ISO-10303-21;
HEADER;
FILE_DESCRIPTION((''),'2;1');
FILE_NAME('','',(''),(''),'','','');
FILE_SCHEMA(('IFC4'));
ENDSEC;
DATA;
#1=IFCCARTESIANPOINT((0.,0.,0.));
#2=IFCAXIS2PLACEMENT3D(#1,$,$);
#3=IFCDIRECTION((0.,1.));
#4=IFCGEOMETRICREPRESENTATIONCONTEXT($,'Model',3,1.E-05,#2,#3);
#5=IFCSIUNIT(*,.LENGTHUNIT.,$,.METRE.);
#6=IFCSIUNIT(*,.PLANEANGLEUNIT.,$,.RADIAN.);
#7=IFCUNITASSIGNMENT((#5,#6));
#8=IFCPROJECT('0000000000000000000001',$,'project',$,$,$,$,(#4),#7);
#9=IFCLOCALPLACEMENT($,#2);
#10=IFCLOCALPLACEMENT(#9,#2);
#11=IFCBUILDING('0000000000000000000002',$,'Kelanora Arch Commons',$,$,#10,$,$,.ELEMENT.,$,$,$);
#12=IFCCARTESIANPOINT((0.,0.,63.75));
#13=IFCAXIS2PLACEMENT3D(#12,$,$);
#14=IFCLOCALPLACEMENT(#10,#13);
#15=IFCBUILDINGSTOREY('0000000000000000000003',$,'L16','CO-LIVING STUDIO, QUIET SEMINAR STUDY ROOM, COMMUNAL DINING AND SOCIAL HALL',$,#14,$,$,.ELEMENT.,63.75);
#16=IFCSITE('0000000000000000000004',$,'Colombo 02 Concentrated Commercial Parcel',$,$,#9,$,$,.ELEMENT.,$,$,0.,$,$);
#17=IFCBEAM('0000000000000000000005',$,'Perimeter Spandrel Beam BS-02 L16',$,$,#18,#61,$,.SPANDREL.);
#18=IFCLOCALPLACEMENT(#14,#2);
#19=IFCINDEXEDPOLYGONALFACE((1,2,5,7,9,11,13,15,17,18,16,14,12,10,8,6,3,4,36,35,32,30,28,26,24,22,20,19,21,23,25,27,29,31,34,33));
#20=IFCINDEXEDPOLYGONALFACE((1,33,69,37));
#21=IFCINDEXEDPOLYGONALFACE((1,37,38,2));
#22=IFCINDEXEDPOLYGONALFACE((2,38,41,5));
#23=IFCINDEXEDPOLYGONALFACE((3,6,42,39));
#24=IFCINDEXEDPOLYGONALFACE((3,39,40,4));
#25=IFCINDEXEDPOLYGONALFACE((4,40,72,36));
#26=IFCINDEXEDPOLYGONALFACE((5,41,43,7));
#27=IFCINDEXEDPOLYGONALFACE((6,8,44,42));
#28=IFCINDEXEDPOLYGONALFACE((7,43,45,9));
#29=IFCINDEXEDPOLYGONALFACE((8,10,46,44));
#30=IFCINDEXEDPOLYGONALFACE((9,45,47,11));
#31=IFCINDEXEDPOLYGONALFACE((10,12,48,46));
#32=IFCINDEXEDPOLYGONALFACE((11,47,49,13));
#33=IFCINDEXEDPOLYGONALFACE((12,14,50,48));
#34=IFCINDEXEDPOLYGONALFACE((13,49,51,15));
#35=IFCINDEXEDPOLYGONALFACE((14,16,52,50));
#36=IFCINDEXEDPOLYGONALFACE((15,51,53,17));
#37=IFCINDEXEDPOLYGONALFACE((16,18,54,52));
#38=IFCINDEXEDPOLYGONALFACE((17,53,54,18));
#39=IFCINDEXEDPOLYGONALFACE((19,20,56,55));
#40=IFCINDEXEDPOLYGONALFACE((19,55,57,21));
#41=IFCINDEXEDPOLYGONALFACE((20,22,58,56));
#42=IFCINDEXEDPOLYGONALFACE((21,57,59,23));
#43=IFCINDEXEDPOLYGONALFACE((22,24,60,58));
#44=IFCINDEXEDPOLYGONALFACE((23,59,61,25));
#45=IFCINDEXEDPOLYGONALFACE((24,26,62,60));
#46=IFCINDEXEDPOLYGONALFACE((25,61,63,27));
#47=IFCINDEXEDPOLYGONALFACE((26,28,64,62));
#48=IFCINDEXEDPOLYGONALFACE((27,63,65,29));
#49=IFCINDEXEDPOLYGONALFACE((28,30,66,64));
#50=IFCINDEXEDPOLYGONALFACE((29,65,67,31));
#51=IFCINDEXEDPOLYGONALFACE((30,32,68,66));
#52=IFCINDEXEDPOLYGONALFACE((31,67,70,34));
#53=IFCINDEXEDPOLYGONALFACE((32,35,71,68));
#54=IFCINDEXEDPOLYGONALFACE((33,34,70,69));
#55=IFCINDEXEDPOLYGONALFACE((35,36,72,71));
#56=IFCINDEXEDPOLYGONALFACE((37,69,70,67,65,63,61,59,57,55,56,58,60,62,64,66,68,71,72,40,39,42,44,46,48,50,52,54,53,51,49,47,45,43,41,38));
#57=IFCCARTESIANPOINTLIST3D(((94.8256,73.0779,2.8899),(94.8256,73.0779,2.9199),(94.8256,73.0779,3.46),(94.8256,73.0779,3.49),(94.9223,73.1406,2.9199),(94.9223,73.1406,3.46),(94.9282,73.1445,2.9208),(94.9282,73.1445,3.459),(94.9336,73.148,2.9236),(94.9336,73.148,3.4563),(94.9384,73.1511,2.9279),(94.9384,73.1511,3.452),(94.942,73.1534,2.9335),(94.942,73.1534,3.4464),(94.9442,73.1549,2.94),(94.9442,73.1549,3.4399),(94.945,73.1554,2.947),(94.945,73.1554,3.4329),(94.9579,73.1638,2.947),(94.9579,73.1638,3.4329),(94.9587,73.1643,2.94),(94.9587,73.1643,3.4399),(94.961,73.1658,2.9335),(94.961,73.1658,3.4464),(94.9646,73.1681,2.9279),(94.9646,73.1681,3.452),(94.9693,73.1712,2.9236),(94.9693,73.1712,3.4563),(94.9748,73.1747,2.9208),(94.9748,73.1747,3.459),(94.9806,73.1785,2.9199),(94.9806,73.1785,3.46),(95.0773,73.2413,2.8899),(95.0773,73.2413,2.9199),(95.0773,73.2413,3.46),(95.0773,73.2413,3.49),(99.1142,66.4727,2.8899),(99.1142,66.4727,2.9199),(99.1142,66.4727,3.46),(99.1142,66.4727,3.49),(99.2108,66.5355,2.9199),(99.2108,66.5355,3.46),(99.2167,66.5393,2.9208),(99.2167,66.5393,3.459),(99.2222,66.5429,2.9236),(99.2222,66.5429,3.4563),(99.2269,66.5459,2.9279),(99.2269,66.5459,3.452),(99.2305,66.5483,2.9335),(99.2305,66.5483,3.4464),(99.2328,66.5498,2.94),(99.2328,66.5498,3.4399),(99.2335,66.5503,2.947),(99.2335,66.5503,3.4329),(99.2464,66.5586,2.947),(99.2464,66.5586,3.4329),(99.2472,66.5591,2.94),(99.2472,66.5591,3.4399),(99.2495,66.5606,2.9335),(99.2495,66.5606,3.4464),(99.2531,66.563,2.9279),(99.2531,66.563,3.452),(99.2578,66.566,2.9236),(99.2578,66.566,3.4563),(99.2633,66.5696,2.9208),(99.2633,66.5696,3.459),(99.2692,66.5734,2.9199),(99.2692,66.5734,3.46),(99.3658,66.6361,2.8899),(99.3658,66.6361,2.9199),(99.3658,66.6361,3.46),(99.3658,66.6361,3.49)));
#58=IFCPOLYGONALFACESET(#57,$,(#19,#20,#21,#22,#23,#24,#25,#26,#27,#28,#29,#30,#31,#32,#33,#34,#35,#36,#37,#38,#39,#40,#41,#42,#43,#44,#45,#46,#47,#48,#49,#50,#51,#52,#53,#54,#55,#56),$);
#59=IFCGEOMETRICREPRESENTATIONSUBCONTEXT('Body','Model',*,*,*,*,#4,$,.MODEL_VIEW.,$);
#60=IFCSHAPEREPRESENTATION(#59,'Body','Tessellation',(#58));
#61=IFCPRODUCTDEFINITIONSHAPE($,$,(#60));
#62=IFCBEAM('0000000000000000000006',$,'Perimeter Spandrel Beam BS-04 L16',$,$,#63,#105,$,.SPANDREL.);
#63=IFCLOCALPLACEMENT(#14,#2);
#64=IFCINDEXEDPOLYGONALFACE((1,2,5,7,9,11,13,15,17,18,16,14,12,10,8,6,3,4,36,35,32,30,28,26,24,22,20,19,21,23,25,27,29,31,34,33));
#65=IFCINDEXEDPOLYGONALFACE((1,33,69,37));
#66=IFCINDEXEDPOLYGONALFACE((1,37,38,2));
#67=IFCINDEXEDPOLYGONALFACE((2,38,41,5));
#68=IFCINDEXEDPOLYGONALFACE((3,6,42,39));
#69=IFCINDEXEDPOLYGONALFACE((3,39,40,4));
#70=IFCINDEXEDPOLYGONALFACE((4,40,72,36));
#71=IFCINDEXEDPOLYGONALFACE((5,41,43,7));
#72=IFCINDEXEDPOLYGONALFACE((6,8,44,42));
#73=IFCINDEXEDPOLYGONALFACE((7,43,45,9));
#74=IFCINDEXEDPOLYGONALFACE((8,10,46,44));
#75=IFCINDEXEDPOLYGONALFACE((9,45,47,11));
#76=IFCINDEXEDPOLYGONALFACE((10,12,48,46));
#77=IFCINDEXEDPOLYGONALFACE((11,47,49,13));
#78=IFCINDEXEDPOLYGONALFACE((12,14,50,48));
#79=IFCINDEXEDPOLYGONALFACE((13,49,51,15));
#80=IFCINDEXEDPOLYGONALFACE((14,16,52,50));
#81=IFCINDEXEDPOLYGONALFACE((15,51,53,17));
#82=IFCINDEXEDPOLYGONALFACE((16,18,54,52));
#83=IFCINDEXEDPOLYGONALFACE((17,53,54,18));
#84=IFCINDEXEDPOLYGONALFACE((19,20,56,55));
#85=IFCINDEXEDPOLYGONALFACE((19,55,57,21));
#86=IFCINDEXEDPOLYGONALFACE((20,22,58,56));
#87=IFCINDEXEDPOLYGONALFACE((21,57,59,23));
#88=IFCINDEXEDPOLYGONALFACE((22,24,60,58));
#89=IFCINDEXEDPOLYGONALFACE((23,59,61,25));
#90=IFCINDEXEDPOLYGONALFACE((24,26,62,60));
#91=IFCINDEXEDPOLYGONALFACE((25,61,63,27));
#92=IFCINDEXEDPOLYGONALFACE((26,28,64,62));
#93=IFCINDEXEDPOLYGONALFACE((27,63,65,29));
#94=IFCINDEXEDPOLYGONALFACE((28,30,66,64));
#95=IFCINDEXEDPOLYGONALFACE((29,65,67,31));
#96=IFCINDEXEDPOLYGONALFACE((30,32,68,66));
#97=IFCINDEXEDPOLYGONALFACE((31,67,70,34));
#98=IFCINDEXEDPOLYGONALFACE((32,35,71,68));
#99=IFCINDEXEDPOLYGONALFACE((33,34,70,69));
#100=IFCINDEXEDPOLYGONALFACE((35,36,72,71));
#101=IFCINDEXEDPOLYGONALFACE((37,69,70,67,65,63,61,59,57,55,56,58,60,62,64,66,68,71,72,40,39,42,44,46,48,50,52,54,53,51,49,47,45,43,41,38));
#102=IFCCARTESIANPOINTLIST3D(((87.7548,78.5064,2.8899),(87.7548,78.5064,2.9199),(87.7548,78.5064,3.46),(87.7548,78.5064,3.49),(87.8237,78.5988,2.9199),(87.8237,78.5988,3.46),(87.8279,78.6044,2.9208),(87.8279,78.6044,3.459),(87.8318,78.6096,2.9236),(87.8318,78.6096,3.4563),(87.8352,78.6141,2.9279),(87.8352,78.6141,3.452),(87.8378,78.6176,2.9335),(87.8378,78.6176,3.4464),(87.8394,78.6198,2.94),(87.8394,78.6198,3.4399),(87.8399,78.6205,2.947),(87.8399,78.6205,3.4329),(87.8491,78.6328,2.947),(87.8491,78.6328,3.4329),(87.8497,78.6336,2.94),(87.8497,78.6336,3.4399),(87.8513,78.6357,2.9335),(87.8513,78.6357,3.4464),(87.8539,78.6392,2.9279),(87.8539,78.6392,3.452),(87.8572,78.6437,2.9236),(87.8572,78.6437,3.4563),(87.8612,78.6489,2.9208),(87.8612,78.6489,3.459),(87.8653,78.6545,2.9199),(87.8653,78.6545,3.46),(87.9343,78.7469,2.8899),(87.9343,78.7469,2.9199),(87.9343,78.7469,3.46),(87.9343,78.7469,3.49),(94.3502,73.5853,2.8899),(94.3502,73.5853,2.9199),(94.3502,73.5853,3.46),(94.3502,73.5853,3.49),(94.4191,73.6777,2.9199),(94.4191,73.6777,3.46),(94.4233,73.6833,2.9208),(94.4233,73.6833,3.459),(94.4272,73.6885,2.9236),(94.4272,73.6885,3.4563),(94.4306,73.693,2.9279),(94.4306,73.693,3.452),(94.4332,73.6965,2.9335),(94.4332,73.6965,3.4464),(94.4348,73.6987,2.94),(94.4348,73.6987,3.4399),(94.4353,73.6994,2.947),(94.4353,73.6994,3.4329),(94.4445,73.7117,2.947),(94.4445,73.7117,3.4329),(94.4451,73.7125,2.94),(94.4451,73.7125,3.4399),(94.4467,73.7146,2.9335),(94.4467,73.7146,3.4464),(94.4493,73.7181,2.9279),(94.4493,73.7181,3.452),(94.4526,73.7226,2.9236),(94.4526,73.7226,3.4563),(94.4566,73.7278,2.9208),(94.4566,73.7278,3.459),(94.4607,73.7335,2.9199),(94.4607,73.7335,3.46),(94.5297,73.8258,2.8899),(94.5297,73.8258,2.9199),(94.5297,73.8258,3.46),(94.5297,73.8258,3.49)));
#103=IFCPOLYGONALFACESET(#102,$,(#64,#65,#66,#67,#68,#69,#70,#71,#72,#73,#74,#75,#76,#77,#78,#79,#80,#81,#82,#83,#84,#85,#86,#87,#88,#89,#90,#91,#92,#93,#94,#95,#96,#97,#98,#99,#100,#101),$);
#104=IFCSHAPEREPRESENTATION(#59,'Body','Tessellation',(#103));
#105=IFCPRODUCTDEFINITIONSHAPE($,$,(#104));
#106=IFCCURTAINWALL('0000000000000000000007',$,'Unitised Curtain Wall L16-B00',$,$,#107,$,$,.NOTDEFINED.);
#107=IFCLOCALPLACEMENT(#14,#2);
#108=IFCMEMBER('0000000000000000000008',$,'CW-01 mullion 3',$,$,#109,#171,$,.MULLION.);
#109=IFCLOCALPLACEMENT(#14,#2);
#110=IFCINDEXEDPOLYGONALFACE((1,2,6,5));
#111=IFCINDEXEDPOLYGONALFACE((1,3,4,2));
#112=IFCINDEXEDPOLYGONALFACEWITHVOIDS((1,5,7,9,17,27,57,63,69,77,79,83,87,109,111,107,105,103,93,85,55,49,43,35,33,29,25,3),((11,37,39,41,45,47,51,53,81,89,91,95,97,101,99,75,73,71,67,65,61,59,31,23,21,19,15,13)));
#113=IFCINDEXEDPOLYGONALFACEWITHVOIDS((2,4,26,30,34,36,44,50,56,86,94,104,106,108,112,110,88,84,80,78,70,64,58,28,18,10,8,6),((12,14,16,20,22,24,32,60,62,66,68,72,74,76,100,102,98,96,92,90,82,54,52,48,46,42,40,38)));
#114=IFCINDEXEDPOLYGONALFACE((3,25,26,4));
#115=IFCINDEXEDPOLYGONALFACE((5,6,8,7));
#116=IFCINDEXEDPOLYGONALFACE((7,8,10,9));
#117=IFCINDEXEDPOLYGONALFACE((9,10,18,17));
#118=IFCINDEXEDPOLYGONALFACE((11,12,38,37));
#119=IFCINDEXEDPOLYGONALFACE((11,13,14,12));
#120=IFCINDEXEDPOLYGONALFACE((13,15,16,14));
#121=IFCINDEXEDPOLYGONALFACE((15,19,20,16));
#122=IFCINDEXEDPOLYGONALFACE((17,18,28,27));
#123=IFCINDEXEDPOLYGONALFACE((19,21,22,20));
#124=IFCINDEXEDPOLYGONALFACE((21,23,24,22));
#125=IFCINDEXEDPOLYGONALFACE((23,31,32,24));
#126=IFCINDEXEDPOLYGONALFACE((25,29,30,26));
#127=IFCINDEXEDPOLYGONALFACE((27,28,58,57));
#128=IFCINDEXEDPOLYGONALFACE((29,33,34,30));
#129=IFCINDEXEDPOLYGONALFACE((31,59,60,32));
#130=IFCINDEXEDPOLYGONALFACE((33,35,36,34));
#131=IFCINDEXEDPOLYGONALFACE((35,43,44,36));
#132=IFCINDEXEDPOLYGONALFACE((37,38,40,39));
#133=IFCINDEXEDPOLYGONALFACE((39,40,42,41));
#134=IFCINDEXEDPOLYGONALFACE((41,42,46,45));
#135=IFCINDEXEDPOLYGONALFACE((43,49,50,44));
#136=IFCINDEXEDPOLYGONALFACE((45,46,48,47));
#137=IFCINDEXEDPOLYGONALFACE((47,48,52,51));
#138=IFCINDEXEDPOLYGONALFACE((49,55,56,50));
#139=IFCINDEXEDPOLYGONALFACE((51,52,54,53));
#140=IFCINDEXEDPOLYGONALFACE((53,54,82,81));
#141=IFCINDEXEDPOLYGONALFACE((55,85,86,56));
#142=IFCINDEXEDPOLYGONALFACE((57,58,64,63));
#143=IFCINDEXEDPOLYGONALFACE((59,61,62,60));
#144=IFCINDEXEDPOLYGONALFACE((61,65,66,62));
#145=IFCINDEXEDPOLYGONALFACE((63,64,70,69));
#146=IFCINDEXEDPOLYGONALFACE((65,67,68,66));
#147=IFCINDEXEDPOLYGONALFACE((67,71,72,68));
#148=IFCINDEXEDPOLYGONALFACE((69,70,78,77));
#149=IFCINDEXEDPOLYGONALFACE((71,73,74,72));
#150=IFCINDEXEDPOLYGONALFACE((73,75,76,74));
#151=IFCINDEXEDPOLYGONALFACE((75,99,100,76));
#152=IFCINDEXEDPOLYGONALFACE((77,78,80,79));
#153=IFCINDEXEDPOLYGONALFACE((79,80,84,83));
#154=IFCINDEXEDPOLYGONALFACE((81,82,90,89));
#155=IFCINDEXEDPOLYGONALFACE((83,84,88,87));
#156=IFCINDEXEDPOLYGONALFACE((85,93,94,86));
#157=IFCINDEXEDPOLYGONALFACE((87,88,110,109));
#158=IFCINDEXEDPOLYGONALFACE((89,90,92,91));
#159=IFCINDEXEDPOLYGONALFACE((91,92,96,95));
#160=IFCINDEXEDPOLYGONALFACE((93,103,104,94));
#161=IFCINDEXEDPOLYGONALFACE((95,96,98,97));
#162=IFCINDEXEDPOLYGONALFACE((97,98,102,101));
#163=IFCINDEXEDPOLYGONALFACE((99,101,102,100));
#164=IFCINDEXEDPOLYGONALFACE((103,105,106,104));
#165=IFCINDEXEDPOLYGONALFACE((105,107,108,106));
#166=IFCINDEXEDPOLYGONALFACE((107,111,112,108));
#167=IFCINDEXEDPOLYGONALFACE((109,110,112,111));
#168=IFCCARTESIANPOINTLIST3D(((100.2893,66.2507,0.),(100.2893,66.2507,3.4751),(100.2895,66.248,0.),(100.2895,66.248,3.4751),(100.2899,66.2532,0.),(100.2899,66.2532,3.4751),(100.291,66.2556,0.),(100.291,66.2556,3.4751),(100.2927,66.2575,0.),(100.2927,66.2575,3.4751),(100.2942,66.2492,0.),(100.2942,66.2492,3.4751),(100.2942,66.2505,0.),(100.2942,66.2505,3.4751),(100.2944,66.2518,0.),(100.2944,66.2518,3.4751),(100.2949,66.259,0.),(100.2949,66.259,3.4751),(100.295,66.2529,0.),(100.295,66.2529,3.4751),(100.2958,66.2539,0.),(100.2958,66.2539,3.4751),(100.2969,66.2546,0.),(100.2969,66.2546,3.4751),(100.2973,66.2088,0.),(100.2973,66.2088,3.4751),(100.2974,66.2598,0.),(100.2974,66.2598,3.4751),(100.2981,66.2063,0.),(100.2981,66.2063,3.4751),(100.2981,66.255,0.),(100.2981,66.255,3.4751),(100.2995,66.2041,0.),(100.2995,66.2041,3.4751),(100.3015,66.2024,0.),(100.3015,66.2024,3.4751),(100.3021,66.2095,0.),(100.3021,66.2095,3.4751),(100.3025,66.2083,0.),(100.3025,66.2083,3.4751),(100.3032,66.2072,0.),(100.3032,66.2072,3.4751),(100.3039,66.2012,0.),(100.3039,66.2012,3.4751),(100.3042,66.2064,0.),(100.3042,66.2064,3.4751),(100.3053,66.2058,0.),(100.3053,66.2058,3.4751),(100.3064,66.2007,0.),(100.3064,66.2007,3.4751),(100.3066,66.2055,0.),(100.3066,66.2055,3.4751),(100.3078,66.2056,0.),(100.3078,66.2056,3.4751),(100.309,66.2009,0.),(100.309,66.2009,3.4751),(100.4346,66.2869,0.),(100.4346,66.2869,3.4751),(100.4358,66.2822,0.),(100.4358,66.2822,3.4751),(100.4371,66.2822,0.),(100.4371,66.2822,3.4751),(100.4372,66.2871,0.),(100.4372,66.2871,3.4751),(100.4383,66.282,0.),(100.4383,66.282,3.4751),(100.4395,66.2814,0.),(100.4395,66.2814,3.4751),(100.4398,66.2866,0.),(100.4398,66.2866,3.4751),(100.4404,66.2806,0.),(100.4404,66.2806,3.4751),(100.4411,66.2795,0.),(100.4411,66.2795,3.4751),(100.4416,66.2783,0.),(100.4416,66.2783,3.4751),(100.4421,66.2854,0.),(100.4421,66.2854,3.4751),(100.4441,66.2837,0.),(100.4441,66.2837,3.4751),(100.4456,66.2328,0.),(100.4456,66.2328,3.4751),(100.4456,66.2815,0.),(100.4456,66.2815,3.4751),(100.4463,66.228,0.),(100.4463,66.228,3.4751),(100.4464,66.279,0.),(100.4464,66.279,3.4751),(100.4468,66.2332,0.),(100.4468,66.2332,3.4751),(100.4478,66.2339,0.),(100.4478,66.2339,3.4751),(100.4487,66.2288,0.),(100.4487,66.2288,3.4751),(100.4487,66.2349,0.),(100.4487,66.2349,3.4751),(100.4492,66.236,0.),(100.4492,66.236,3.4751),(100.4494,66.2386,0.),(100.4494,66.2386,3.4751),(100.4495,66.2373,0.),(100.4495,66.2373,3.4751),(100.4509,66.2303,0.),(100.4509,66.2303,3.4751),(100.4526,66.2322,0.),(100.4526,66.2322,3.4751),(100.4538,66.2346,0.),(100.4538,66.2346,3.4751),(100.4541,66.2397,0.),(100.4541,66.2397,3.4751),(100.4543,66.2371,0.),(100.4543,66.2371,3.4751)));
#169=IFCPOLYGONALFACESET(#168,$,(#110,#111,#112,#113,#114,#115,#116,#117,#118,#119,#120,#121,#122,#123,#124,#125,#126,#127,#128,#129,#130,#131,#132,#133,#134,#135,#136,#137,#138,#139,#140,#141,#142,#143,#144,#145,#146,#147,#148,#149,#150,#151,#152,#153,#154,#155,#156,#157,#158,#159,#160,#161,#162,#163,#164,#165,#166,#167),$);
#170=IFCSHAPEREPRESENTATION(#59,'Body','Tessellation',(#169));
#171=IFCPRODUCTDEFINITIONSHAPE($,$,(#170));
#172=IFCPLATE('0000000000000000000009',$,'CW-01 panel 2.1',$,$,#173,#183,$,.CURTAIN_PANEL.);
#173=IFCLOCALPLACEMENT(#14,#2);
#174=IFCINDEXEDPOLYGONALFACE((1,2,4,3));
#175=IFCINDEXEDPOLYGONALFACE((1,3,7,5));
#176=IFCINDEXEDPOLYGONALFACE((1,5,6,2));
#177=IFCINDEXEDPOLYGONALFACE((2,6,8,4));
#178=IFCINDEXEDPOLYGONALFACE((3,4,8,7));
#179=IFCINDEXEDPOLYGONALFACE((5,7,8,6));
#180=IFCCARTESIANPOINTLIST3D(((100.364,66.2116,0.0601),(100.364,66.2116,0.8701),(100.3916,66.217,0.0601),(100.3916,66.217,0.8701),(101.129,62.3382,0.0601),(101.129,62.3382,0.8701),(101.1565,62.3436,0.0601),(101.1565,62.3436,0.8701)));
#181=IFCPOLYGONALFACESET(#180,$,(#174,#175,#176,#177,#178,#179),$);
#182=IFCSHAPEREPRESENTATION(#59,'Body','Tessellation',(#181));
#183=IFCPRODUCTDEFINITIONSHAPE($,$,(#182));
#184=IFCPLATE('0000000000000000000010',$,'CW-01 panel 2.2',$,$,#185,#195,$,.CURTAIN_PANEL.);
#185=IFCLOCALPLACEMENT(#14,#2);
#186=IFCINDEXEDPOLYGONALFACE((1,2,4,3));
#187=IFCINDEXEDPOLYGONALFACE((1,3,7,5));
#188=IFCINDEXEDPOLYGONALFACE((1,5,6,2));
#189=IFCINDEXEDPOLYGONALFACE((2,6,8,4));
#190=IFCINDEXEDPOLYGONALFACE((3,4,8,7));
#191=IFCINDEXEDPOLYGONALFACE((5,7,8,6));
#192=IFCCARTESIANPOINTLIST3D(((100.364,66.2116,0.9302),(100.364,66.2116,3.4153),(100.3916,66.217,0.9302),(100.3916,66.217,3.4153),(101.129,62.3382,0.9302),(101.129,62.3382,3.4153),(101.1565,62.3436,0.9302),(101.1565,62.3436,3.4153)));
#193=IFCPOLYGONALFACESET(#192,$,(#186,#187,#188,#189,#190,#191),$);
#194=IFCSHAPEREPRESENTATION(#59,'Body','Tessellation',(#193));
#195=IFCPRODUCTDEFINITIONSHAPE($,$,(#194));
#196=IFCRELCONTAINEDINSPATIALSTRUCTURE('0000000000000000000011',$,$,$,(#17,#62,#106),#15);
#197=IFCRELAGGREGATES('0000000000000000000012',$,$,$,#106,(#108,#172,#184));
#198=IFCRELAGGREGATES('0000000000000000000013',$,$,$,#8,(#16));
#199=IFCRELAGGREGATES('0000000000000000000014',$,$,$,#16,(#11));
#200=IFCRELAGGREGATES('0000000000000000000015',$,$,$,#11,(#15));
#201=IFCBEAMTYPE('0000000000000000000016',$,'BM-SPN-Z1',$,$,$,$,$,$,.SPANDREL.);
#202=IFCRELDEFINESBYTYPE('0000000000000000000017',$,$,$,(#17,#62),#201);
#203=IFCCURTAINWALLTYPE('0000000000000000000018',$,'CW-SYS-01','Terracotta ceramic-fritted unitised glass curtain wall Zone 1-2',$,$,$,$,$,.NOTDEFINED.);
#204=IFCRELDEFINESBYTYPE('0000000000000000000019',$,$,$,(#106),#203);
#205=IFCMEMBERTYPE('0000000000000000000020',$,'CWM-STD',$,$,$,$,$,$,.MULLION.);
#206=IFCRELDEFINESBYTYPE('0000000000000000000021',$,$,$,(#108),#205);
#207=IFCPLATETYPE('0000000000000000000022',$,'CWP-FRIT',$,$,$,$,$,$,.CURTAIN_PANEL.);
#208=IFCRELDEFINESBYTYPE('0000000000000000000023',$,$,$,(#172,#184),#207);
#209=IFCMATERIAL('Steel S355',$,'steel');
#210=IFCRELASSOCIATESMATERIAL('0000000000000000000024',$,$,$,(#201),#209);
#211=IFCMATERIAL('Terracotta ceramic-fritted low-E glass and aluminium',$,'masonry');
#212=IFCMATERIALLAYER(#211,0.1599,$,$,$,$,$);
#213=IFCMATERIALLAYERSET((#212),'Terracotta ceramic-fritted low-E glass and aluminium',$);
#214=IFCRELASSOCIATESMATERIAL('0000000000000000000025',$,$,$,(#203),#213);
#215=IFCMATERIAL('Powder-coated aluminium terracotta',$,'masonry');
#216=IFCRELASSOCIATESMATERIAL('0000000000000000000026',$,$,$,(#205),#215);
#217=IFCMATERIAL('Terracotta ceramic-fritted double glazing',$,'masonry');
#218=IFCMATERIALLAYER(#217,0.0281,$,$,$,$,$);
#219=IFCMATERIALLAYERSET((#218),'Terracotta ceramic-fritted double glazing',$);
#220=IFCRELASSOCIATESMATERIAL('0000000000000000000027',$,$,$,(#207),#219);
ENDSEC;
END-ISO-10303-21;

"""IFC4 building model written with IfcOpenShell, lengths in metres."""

from ifc_helpers import new_model, si_unit, direction, frame, origin, origin_2d, place, context, subcontext, project, spatial, rectangle, hollow_rectangle, i_section, extrude, source, transform, mapped, material, layer, layer_set, material_profile, profile_set, type_object, element, aggregate, save


model = new_model("IFC4")

# Units and contexts
model_context = context("Model", 3, precision=1e-05, world=origin(), true_north=direction((0.0, 1.0)))
body_context = subcontext(model_context, "Body", "Model", "MODEL_VIEW")
ifc_project = project(units=[si_unit("LENGTHUNIT", "METRE"), si_unit("PLANEANGLEUNIT", "RADIAN")], contexts=[model_context])

# Site, building, storey
site_placement = place(None, origin())
site = spatial("IfcSite", under=ifc_project, at=site_placement, Name="Colombo 02 Concentrated Commercial Parcel", CompositionType="ELEMENT", RefElevation=0.0)
building_placement = place(site_placement, origin())
building = spatial("IfcBuilding", under=site, at=building_placement, Name="Kelanora Arch Commons", CompositionType="ELEMENT")
storey_placement = place(building_placement, frame((0.0, 0.0, 63.75)))
storey = spatial("IfcBuildingStorey", under=building, at=storey_placement, Name="L16", Description="CO-LIVING STUDIO, QUIET SEMINAR STUDY ROOM, COMMUNAL DINING AND SOCIAL HALL", CompositionType="ELEMENT", Elevation=63.75)

# Beams
ifc_material_1 = material(Name="Steel S355", Category="steel")
ifc_material_profile_1 = material_profile(ifc_material_1, i_section(OverallWidth=0.3, OverallDepth=0.6001, WebThickness=0.0154, FlangeThickness=0.03, FilletRadius=0.0271, at=origin_2d()), Name="HEB600")
ifc_profile_set_1 = profile_set([ifc_material_profile_1], Name="Steel S355")
beam_type_1 = type_object("IfcBeamType", Name="BM-SPN-Z1", PredefinedType="SPANDREL", material=ifc_profile_set_1)
beam_1_placement = place(storey_placement, frame((99.24, 66.5544, 3.1899), z_axis=(-0.544558, 0.838723, 0.0), x_axis=(-0.838723, -0.544558, 0.0)))
element("IfcBeam", 1, at=beam_1_placement, inside=storey, type_object=beam_type_1, Name="Perimeter Spandrel Beam BS-02 L16", PredefinedType="SPANDREL", context=body_context, shape_type="SweptSolid", body=[
    extrude(i_section(OverallWidth=0.3, OverallDepth=0.6001, WebThickness=0.0154, FlangeThickness=0.03, FilletRadius=0.0271, at=origin_2d()), origin(), (0.0, 0.0, 1.0), 7.8752),
])
beam_2_placement = place(storey_placement, frame((94.4399, 73.7056, 3.1899), z_axis=(-0.801482, 0.598019, 0.0), x_axis=(-0.598019, -0.801482, 0.0)))
element("IfcBeam", 2, at=beam_2_placement, inside=storey, type_object=beam_type_1, Name="Perimeter Spandrel Beam BS-04 L16", PredefinedType="SPANDREL", context=body_context, shape_type="SweptSolid", body=[
    extrude(i_section(OverallWidth=0.3, OverallDepth=0.6001, WebThickness=0.0154, FlangeThickness=0.03, FilletRadius=0.0271, at=origin_2d()), origin(), (0.0, 0.0, 1.0), 8.229),
])

# Curtain wall, member, plates
ifc_material_2 = material(Name="Terracotta ceramic-fritted low-E glass and aluminium", Category="masonry")
ifc_layer_1 = layer(ifc_material_2, 0.1599)
ifc_layer_set_1 = layer_set([ifc_layer_1], Name="Terracotta ceramic-fritted low-E glass and aluminium")
curtain_wall_type = type_object("IfcCurtainWallType", Name="CW-SYS-01", Description="Terracotta ceramic-fritted unitised glass curtain wall Zone 1-2", PredefinedType="NOTDEFINED", material=ifc_layer_set_1)
curtain_wall_placement = place(storey_placement, origin())
curtain_wall = element("IfcCurtainWall", 3, at=curtain_wall_placement, inside=storey, type_object=curtain_wall_type, Name="Unitised Curtain Wall L16-B00", PredefinedType="NOTDEFINED")
ifc_material_3 = material(Name="Powder-coated aluminium terracotta", Category="masonry")
ifc_material_profile_2 = material_profile(ifc_material_3, hollow_rectangle(XDim=0.1599, YDim=0.0601, WallThickness=0.0049, InnerFilletRadius=0.0049, OuterFilletRadius=0.01, at=origin_2d()), Name="CWM160x60")
ifc_profile_set_2 = profile_set([ifc_material_profile_2], Name="Powder-coated aluminium terracotta")
member_type = type_object("IfcMemberType", Name="CWM-STD", PredefinedType="MULLION", material=ifc_profile_set_2)
member_placement = place(storey_placement, frame((100.3718, 66.2439, 0.0), z_axis=(0.0, 0.0, 1.0), x_axis=(-0.981052, -0.193744, 0.0)))
member = element("IfcMember", 4, at=member_placement, type_object=member_type, Name="CW-01 mullion 3", PredefinedType="MULLION", context=body_context, shape_type="SweptSolid", body=[
    extrude(hollow_rectangle(XDim=0.1599, YDim=0.0601, WallThickness=0.0049, InnerFilletRadius=0.0049, OuterFilletRadius=0.01, at=origin_2d()), origin(), (0.0, 0.0, 1.0), 3.4751),
])
ifc_material_4 = material(Name="Terracotta ceramic-fritted double glazing", Category="masonry")
ifc_layer_2 = layer(ifc_material_4, 0.0281)
ifc_layer_set_2 = layer_set([ifc_layer_2], Name="Terracotta ceramic-fritted double glazing")
plate_type = type_object("IfcPlateType", Name="CWP-FRIT", PredefinedType="CURTAIN_PANEL", material=ifc_layer_set_2)
shared_shape_1 = source(origin(), body_context, "Body", "SweptSolid", [
    extrude(rectangle(XDim=3.9482, YDim=0.0281, at=origin_2d()), origin(), (0.0, 0.0, 1.0), 0.8101),
])
plate_1_placement = place(storey_placement, frame((100.7603, 64.2776, 0.0601), z_axis=(0.0, 0.0, 1.0), x_axis=(-0.193744, 0.981052, 0.0)))
plate_1 = element("IfcPlate", 5, at=plate_1_placement, type_object=plate_type, Name="CW-01 panel 2.1", PredefinedType="CURTAIN_PANEL", context=body_context, shape_type="MappedRepresentation", body=[
    mapped(shared_shape_1, transform((0.0, 0.0, 0.0), scale=1.0)),
])
shared_shape_2 = source(origin(), body_context, "Body", "SweptSolid", [
    extrude(rectangle(XDim=3.9482, YDim=0.0281, at=origin_2d()), origin(), (0.0, 0.0, 1.0), 2.4851),
])
plate_2_placement = place(storey_placement, frame((100.7603, 64.2776, 0.9302), z_axis=(0.0, 0.0, 1.0), x_axis=(-0.193744, 0.981052, 0.0)))
plate_2 = element("IfcPlate", 6, at=plate_2_placement, type_object=plate_type, Name="CW-01 panel 2.2", PredefinedType="CURTAIN_PANEL", context=body_context, shape_type="MappedRepresentation", body=[
    mapped(shared_shape_2, transform((0.0, 0.0, 0.0), scale=1.0)),
])
aggregate(curtain_wall, [member, plate_1, plate_2])

save(model, "model.ifc")
